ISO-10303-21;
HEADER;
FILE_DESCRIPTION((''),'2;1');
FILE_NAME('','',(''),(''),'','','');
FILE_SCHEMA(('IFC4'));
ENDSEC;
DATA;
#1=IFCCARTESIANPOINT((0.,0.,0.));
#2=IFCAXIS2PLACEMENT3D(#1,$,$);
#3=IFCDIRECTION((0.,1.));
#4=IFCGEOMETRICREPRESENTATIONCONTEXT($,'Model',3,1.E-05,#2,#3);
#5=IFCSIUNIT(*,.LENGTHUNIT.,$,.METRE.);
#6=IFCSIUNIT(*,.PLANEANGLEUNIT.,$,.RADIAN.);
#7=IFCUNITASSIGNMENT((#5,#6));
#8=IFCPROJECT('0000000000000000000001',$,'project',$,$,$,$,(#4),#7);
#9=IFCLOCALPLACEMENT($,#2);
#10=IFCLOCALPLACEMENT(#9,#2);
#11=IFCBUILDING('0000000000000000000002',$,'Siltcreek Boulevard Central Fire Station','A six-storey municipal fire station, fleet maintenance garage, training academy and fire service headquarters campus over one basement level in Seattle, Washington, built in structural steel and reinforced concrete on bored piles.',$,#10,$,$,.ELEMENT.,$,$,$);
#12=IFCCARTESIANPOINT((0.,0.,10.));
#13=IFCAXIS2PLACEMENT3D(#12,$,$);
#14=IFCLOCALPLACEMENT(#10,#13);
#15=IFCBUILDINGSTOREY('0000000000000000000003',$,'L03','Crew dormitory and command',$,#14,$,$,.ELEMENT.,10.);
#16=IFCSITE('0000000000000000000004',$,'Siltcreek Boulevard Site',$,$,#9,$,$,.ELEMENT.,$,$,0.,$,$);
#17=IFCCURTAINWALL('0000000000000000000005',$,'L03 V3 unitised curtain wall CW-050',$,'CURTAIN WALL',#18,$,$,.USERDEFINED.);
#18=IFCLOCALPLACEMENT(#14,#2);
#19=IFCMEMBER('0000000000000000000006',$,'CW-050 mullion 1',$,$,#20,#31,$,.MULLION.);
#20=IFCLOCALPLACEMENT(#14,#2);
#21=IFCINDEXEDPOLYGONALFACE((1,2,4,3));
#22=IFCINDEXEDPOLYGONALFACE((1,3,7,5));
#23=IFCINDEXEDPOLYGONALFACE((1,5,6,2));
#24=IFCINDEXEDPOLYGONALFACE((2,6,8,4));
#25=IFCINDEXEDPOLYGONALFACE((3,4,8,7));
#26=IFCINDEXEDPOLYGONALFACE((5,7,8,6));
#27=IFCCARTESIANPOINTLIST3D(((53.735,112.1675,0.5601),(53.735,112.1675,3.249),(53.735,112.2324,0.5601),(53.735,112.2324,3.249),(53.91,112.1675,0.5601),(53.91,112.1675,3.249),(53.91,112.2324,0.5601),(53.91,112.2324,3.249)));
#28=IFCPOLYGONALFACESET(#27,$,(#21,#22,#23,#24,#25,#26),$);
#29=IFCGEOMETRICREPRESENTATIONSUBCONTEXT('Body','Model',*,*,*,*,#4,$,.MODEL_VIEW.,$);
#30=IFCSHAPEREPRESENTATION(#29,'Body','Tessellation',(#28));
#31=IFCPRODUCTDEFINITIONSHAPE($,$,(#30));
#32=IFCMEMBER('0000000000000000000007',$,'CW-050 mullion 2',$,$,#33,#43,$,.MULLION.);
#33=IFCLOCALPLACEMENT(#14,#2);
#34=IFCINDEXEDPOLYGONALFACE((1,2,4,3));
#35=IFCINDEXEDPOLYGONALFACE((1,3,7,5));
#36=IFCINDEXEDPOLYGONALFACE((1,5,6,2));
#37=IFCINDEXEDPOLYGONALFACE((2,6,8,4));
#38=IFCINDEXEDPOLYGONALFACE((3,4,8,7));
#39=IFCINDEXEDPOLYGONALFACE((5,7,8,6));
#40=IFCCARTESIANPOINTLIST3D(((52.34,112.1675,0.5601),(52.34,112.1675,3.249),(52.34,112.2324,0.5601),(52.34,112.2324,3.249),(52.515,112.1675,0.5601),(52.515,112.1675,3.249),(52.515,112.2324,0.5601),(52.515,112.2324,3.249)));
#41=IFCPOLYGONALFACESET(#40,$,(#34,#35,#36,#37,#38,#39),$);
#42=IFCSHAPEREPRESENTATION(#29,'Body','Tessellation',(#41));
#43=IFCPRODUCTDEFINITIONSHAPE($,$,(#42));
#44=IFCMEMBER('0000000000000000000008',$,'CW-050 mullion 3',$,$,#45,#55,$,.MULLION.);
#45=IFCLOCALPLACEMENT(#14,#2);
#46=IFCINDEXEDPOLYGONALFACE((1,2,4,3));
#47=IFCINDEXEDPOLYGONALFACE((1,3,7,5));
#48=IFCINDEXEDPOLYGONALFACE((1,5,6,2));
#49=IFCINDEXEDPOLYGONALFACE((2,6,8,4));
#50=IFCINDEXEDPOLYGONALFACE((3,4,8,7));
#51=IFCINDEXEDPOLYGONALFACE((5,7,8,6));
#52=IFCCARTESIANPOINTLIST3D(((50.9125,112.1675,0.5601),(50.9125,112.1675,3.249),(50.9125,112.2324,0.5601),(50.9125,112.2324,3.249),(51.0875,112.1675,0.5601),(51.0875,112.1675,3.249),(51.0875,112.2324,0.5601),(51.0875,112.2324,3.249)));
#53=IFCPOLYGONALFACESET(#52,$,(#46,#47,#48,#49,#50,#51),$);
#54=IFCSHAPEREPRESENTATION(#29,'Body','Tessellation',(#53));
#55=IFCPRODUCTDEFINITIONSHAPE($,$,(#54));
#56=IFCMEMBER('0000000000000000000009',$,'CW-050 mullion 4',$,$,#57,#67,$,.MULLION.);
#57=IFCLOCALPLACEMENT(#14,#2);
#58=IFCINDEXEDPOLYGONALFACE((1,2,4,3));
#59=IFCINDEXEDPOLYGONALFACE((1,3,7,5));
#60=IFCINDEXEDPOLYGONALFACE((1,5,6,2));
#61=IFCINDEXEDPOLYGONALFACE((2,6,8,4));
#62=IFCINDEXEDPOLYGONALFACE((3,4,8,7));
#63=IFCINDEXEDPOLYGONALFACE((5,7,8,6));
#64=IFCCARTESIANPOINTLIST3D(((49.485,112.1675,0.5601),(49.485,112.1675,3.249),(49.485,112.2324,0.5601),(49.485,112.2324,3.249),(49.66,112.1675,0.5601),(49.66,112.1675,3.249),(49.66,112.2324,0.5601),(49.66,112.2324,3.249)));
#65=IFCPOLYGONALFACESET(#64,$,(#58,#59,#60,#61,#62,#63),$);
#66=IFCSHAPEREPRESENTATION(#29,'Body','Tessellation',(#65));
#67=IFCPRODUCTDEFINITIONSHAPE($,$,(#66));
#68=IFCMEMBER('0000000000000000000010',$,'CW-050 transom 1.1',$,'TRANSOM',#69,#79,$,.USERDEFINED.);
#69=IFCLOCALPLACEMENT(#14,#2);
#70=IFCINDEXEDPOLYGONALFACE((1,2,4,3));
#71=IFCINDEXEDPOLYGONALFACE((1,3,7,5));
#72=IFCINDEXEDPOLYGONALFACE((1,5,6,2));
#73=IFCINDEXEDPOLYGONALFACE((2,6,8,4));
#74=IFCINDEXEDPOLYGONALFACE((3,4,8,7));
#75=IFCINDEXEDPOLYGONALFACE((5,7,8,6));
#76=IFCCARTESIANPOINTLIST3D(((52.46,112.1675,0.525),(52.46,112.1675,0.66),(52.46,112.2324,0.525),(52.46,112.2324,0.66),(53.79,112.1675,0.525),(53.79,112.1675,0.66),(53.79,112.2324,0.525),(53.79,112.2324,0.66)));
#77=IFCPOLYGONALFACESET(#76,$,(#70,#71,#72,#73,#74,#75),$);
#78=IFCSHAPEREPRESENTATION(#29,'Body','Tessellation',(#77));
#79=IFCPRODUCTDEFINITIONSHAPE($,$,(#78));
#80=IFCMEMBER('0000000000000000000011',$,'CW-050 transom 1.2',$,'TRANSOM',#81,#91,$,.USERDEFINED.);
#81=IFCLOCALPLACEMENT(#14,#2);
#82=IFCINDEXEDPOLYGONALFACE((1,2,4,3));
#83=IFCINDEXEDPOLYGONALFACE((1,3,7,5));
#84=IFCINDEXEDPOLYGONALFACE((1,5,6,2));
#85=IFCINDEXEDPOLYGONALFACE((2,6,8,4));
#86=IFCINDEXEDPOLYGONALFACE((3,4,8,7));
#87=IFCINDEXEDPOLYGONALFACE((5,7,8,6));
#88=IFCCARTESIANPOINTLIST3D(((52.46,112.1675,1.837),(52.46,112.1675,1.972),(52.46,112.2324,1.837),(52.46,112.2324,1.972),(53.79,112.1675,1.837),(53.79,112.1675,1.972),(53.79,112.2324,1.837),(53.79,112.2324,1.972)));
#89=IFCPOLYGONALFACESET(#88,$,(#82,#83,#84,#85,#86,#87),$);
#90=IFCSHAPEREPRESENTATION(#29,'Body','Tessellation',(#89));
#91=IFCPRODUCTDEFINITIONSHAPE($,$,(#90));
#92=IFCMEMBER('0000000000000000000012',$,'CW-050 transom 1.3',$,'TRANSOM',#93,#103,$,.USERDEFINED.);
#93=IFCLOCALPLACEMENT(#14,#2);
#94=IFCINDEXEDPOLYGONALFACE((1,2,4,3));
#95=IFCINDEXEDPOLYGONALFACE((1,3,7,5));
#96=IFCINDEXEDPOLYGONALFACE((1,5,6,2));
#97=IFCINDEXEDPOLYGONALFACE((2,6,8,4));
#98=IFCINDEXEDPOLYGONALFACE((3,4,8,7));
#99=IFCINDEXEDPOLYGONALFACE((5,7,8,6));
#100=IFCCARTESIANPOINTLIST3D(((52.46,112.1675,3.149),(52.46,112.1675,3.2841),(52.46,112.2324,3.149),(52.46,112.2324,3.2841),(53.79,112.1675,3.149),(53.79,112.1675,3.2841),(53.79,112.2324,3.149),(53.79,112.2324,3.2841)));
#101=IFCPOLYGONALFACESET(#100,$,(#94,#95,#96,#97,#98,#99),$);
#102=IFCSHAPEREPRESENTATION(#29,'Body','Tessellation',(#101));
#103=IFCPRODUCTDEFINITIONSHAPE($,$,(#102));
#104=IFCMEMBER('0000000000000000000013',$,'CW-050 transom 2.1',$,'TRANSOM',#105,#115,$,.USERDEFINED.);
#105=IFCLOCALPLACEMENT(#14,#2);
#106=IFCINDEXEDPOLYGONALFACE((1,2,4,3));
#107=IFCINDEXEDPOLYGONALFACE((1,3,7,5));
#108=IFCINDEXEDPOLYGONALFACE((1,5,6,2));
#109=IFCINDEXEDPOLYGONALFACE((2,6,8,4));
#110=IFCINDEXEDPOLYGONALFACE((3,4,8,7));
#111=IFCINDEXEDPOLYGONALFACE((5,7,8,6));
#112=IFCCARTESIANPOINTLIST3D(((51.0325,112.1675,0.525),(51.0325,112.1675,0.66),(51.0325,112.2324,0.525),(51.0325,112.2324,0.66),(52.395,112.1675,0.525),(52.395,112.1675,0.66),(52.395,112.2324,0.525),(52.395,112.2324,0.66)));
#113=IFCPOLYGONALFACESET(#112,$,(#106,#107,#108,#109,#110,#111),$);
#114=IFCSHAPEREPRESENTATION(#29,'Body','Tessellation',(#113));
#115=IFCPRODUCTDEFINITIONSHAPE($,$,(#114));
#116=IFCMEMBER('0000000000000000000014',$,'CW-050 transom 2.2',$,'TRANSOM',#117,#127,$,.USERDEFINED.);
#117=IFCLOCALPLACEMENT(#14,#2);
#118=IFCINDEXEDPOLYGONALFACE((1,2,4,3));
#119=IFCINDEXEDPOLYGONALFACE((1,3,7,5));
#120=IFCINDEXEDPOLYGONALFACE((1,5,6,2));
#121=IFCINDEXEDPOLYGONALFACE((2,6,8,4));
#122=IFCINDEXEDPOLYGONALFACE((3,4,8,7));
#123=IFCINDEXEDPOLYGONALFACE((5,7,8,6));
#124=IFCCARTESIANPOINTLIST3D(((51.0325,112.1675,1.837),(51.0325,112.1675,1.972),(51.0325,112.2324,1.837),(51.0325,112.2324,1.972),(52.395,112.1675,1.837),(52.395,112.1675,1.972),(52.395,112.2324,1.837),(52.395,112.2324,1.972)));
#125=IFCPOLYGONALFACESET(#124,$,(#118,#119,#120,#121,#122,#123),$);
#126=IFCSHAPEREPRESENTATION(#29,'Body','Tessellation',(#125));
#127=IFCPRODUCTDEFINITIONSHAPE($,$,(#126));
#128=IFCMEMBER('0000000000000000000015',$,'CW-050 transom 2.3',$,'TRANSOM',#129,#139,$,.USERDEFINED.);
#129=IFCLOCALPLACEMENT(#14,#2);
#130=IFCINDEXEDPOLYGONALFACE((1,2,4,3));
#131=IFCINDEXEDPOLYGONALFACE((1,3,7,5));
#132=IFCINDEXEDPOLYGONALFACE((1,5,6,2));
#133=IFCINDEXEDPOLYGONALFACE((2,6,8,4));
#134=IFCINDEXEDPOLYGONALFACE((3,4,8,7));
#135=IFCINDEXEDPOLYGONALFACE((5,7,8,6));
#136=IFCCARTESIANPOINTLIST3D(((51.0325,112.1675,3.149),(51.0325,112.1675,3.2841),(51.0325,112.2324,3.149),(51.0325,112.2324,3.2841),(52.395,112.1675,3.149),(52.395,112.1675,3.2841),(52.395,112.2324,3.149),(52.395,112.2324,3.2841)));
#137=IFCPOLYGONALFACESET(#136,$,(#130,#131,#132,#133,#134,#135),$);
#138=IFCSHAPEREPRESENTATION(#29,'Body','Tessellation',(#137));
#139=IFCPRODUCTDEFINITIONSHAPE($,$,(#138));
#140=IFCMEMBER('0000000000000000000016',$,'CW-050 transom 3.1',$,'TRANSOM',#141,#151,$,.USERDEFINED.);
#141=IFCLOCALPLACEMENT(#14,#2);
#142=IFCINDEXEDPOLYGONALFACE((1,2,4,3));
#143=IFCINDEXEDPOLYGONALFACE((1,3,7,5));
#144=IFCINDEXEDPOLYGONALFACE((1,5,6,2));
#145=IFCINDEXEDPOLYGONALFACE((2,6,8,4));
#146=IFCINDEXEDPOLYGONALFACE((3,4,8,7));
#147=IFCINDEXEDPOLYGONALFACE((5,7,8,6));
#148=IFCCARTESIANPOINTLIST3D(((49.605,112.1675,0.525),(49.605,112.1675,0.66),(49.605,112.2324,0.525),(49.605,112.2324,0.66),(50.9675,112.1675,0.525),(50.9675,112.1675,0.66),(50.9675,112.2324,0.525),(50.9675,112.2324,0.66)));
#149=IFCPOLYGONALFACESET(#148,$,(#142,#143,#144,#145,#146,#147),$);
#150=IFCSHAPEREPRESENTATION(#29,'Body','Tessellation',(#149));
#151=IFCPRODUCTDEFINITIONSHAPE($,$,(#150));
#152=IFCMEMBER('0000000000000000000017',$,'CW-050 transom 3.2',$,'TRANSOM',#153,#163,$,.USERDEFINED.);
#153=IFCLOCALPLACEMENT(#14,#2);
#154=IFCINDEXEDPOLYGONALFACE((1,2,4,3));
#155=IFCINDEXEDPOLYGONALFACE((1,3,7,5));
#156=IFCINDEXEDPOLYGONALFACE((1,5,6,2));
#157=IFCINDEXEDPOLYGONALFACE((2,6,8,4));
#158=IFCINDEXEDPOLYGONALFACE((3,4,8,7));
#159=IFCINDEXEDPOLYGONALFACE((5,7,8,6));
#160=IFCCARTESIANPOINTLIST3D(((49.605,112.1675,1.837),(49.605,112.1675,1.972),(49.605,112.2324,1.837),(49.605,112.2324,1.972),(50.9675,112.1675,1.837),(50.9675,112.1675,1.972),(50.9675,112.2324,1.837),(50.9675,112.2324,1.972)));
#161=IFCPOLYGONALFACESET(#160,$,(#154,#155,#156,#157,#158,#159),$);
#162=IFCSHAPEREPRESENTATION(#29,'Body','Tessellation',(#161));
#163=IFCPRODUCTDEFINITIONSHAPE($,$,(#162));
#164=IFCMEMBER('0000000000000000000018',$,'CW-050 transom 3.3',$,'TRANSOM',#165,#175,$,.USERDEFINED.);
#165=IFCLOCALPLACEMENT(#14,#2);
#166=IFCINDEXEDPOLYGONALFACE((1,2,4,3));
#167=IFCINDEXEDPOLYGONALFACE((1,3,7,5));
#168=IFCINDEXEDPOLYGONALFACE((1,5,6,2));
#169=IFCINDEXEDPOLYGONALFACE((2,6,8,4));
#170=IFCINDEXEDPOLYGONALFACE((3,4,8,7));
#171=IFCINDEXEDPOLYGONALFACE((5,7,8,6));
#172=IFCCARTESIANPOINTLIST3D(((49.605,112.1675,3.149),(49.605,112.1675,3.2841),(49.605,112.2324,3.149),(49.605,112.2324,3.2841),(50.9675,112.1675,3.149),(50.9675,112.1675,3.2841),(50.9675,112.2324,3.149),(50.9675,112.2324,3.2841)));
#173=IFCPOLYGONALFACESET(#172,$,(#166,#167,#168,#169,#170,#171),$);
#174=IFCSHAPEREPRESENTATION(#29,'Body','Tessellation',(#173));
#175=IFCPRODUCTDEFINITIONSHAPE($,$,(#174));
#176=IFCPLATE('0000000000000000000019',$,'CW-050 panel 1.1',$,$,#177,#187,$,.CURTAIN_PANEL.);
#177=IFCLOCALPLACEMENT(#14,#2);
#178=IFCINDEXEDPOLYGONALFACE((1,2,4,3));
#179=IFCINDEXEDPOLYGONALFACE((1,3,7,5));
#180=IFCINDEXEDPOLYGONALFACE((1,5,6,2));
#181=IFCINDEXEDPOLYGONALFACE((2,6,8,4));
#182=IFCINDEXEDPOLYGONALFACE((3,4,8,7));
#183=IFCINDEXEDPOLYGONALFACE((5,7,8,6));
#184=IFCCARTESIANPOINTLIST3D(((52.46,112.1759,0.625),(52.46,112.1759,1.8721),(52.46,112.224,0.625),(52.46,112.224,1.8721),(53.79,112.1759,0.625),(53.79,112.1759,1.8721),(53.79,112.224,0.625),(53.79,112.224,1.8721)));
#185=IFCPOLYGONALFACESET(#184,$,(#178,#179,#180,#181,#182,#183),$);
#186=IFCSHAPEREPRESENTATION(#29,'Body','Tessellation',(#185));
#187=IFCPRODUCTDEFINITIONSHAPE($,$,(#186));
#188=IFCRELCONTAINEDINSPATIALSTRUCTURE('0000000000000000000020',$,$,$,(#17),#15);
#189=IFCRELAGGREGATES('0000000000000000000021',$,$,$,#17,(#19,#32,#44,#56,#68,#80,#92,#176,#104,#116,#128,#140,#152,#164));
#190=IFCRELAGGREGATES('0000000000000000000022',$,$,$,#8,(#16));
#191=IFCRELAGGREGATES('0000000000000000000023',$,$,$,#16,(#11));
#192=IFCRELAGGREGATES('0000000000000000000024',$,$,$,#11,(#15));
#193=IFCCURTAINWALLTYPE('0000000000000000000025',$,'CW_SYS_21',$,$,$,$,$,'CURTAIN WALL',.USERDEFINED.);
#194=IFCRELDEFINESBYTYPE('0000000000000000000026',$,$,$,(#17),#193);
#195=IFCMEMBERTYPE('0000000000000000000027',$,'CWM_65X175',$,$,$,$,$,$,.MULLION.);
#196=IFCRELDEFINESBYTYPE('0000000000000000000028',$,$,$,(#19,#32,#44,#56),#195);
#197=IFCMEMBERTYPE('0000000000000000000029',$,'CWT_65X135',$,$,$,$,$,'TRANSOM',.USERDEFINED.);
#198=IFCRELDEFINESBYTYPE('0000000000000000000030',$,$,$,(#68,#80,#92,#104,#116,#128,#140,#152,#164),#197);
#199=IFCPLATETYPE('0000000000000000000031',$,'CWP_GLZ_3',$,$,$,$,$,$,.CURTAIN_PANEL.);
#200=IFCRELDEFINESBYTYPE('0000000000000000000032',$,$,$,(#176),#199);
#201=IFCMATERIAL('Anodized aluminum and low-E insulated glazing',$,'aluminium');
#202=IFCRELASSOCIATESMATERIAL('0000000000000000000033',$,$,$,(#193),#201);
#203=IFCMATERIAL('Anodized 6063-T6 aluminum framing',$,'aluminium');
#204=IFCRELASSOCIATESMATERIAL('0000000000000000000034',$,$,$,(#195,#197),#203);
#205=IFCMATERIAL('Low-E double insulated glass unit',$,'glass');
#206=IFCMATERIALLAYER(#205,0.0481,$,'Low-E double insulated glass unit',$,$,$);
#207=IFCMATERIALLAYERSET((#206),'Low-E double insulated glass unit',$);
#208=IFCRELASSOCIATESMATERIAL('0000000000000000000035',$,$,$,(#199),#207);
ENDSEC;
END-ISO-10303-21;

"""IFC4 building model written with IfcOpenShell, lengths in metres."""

from ifc_helpers import new_model, si_unit, direction, frame, origin, origin_2d, place, context, subcontext, project, spatial, rectangle, extrude, material, layer, layer_set, material_profile, profile_set, type_object, element, aggregate, save


model = new_model("IFC4")

# Units and contexts
model_context = context("Model", 3, precision=1e-05, world=origin(), true_north=direction((0.0, 1.0)))
body_context = subcontext(model_context, "Body", "Model", "MODEL_VIEW")
ifc_project = project(units=[si_unit("LENGTHUNIT", "METRE"), si_unit("PLANEANGLEUNIT", "RADIAN")], contexts=[model_context])

# Site, building, storey
site_placement = place(None, origin())
site = spatial("IfcSite", under=ifc_project, at=site_placement, Name="Siltcreek Boulevard Site", CompositionType="ELEMENT", RefElevation=0.0)
building_placement = place(site_placement, origin())
building = spatial("IfcBuilding", under=site, at=building_placement, Name="Siltcreek Boulevard Central Fire Station", Description="A six-storey municipal fire station, fleet maintenance garage, training academy and fire service headquarters campus over one basement level in Seattle, Washington, built in structural steel and reinforced concrete on bored piles.", CompositionType="ELEMENT")
storey_placement = place(building_placement, frame((0.0, 0.0, 10.0)))
storey = spatial("IfcBuildingStorey", under=building, at=storey_placement, Name="L03", Description="Crew dormitory and command", CompositionType="ELEMENT", Elevation=10.0)

# Curtain wall, members, plate
ifc_material_1 = material(Name="Anodized aluminum and low-E insulated glazing", Category="aluminium")
curtain_wall_type = type_object("IfcCurtainWallType", Name="CW_SYS_21", ElementType="CURTAIN WALL", PredefinedType="USERDEFINED", material=ifc_material_1)
curtain_wall_placement = place(storey_placement, origin())
curtain_wall = element("IfcCurtainWall", 1, at=curtain_wall_placement, inside=storey, type_object=curtain_wall_type, Name="L03 V3 unitised curtain wall CW-050", ObjectType="CURTAIN WALL", PredefinedType="USERDEFINED")
ifc_material_2 = material(Name="Anodized 6063-T6 aluminum framing", Category="aluminium")
ifc_material_profile_1 = material_profile(ifc_material_2, rectangle(XDim=0.0649, YDim=0.175, at=origin_2d()), Name="MULL65X175")
ifc_profile_set_1 = profile_set([ifc_material_profile_1], Name="Anodized 6063-T6 aluminum framing")
member_type_1 = type_object("IfcMemberType", Name="CWM_65X175", PredefinedType="MULLION", material=ifc_profile_set_1)
member_1_placement = place(storey_placement, frame((53.8225, 112.2, 0.5601), z_axis=(0.0, 0.0, 1.0), x_axis=(0.0, -1.0, 0.0)))
member_1 = element("IfcMember", 2, at=member_1_placement, type_object=member_type_1, Name="CW-050 mullion 1", PredefinedType="MULLION", context=body_context, shape_type="SweptSolid", body=[
    extrude(rectangle(XDim=0.0649, YDim=0.175, at=origin_2d()), origin(), (0.0, 0.0, 1.0), 2.689),
])
member_2_placement = place(storey_placement, frame((52.4275, 112.2, 0.5601), z_axis=(0.0, 0.0, 1.0), x_axis=(0.0, -1.0, 0.0)))
member_2 = element("IfcMember", 3, at=member_2_placement, type_object=member_type_1, Name="CW-050 mullion 2", PredefinedType="MULLION", context=body_context, shape_type="SweptSolid", body=[
    extrude(rectangle(XDim=0.0649, YDim=0.175, at=origin_2d()), origin(), (0.0, 0.0, 1.0), 2.689),
])
member_3_placement = place(storey_placement, frame((51.0, 112.2, 0.5601), z_axis=(0.0, 0.0, 1.0), x_axis=(0.0, -1.0, 0.0)))
member_3 = element("IfcMember", 4, at=member_3_placement, type_object=member_type_1, Name="CW-050 mullion 3", PredefinedType="MULLION", context=body_context, shape_type="SweptSolid", body=[
    extrude(rectangle(XDim=0.0649, YDim=0.175, at=origin_2d()), origin(), (0.0, 0.0, 1.0), 2.689),
])
member_4_placement = place(storey_placement, frame((49.5725, 112.2, 0.5601), z_axis=(0.0, 0.0, 1.0), x_axis=(0.0, -1.0, 0.0)))
member_4 = element("IfcMember", 5, at=member_4_placement, type_object=member_type_1, Name="CW-050 mullion 4", PredefinedType="MULLION", context=body_context, shape_type="SweptSolid", body=[
    extrude(rectangle(XDim=0.0649, YDim=0.175, at=origin_2d()), origin(), (0.0, 0.0, 1.0), 2.689),
])
ifc_material_profile_2 = material_profile(ifc_material_2, rectangle(XDim=0.0649, YDim=0.135, at=origin_2d()), Name="TRAN65X135")
ifc_profile_set_2 = profile_set([ifc_material_profile_2], Name="Anodized 6063-T6 aluminum framing")
member_type_2 = type_object("IfcMemberType", Name="CWT_65X135", ElementType="TRANSOM", PredefinedType="USERDEFINED", material=ifc_profile_set_2)
member_5_placement = place(storey_placement, frame((53.79, 112.2, 0.5925), z_axis=(-1.0, 0.0, 0.0), x_axis=(0.0, -1.0, 0.0)))
member_5 = element("IfcMember", 6, at=member_5_placement, type_object=member_type_2, Name="CW-050 transom 1.1", ObjectType="TRANSOM", PredefinedType="USERDEFINED", context=body_context, shape_type="SweptSolid", body=[
    extrude(rectangle(XDim=0.0649, YDim=0.135, at=origin_2d()), origin(), (0.0, 0.0, 1.0), 1.3301),
])
member_6_placement = place(storey_placement, frame((53.79, 112.2, 1.9045), z_axis=(-1.0, 0.0, 0.0), x_axis=(0.0, -1.0, 0.0)))
member_6 = element("IfcMember", 7, at=member_6_placement, type_object=member_type_2, Name="CW-050 transom 1.2", ObjectType="TRANSOM", PredefinedType="USERDEFINED", context=body_context, shape_type="SweptSolid", body=[
    extrude(rectangle(XDim=0.0649, YDim=0.135, at=origin_2d()), origin(), (0.0, 0.0, 1.0), 1.3301),
])
member_7_placement = place(storey_placement, frame((53.79, 112.2, 3.2166), z_axis=(-1.0, 0.0, 0.0), x_axis=(0.0, -1.0, 0.0)))
member_7 = element("IfcMember", 8, at=member_7_placement, type_object=member_type_2, Name="CW-050 transom 1.3", ObjectType="TRANSOM", PredefinedType="USERDEFINED", context=body_context, shape_type="SweptSolid", body=[
    extrude(rectangle(XDim=0.0649, YDim=0.135, at=origin_2d()), origin(), (0.0, 0.0, 1.0), 1.3301),
])
member_8_placement = place(storey_placement, frame((52.395, 112.2, 0.5925), z_axis=(-1.0, 0.0, 0.0), x_axis=(0.0, -1.0, 0.0)))
member_8 = element("IfcMember", 9, at=member_8_placement, type_object=member_type_2, Name="CW-050 transom 2.1", ObjectType="TRANSOM", PredefinedType="USERDEFINED", context=body_context, shape_type="SweptSolid", body=[
    extrude(rectangle(XDim=0.0649, YDim=0.135, at=origin_2d()), origin(), (0.0, 0.0, 1.0), 1.3625),
])
member_9_placement = place(storey_placement, frame((52.395, 112.2, 1.9045), z_axis=(-1.0, 0.0, 0.0), x_axis=(0.0, -1.0, 0.0)))
member_9 = element("IfcMember", 10, at=member_9_placement, type_object=member_type_2, Name="CW-050 transom 2.2", ObjectType="TRANSOM", PredefinedType="USERDEFINED", context=body_context, shape_type="SweptSolid", body=[
    extrude(rectangle(XDim=0.0649, YDim=0.135, at=origin_2d()), origin(), (0.0, 0.0, 1.0), 1.3625),
])
member_10_placement = place(storey_placement, frame((52.395, 112.2, 3.2166), z_axis=(-1.0, 0.0, 0.0), x_axis=(0.0, -1.0, 0.0)))
member_10 = element("IfcMember", 11, at=member_10_placement, type_object=member_type_2, Name="CW-050 transom 2.3", ObjectType="TRANSOM", PredefinedType="USERDEFINED", context=body_context, shape_type="SweptSolid", body=[
    extrude(rectangle(XDim=0.0649, YDim=0.135, at=origin_2d()), origin(), (0.0, 0.0, 1.0), 1.3625),
])
member_11_placement = place(storey_placement, frame((50.9675, 112.2, 0.5925), z_axis=(-1.0, 0.0, 0.0), x_axis=(0.0, -1.0, 0.0)))
member_11 = element("IfcMember", 12, at=member_11_placement, type_object=member_type_2, Name="CW-050 transom 3.1", ObjectType="TRANSOM", PredefinedType="USERDEFINED", context=body_context, shape_type="SweptSolid", body=[
    extrude(rectangle(XDim=0.0649, YDim=0.135, at=origin_2d()), origin(), (0.0, 0.0, 1.0), 1.3625),
])
member_12_placement = place(storey_placement, frame((50.9675, 112.2, 1.9045), z_axis=(-1.0, 0.0, 0.0), x_axis=(0.0, -1.0, 0.0)))
member_12 = element("IfcMember", 13, at=member_12_placement, type_object=member_type_2, Name="CW-050 transom 3.2", ObjectType="TRANSOM", PredefinedType="USERDEFINED", context=body_context, shape_type="SweptSolid", body=[
    extrude(rectangle(XDim=0.0649, YDim=0.135, at=origin_2d()), origin(), (0.0, 0.0, 1.0), 1.3625),
])
member_13_placement = place(storey_placement, frame((50.9675, 112.2, 3.2166), z_axis=(-1.0, 0.0, 0.0), x_axis=(0.0, -1.0, 0.0)))
member_13 = element("IfcMember", 14, at=member_13_placement, type_object=member_type_2, Name="CW-050 transom 3.3", ObjectType="TRANSOM", PredefinedType="USERDEFINED", context=body_context, shape_type="SweptSolid", body=[
    extrude(rectangle(XDim=0.0649, YDim=0.135, at=origin_2d()), origin(), (0.0, 0.0, 1.0), 1.3625),
])
ifc_material_3 = material(Name="Low-E double insulated glass unit", Category="glass")
ifc_layer_1 = layer(ifc_material_3, 0.0481, Name="Low-E double insulated glass unit")
ifc_layer_set_1 = layer_set([ifc_layer_1], Name="Low-E double insulated glass unit")
plate_type = type_object("IfcPlateType", Name="CWP_GLZ_3", PredefinedType="CURTAIN_PANEL", material=ifc_layer_set_1)
plate_1_placement = place(storey_placement, frame((53.125, 112.2, 0.625), z_axis=(0.0, 0.0, 1.0), x_axis=(-1.0, 0.0, 0.0)))
plate_1 = element("IfcPlate", 15, at=plate_1_placement, type_object=plate_type, Name="CW-050 panel 1.1", PredefinedType="CURTAIN_PANEL", context=body_context, shape_type="SweptSolid", body=[
    extrude(rectangle(XDim=1.3301, YDim=0.0481, at=origin_2d()), origin(), (0.0, 0.0, 1.0), 1.2471),
])
aggregate(curtain_wall, [member_1, member_2, member_3, member_4, member_5, member_6, member_7, plate_1, member_8, member_9, member_10, member_11, member_12, member_13])

save(model, "model.ifc")
